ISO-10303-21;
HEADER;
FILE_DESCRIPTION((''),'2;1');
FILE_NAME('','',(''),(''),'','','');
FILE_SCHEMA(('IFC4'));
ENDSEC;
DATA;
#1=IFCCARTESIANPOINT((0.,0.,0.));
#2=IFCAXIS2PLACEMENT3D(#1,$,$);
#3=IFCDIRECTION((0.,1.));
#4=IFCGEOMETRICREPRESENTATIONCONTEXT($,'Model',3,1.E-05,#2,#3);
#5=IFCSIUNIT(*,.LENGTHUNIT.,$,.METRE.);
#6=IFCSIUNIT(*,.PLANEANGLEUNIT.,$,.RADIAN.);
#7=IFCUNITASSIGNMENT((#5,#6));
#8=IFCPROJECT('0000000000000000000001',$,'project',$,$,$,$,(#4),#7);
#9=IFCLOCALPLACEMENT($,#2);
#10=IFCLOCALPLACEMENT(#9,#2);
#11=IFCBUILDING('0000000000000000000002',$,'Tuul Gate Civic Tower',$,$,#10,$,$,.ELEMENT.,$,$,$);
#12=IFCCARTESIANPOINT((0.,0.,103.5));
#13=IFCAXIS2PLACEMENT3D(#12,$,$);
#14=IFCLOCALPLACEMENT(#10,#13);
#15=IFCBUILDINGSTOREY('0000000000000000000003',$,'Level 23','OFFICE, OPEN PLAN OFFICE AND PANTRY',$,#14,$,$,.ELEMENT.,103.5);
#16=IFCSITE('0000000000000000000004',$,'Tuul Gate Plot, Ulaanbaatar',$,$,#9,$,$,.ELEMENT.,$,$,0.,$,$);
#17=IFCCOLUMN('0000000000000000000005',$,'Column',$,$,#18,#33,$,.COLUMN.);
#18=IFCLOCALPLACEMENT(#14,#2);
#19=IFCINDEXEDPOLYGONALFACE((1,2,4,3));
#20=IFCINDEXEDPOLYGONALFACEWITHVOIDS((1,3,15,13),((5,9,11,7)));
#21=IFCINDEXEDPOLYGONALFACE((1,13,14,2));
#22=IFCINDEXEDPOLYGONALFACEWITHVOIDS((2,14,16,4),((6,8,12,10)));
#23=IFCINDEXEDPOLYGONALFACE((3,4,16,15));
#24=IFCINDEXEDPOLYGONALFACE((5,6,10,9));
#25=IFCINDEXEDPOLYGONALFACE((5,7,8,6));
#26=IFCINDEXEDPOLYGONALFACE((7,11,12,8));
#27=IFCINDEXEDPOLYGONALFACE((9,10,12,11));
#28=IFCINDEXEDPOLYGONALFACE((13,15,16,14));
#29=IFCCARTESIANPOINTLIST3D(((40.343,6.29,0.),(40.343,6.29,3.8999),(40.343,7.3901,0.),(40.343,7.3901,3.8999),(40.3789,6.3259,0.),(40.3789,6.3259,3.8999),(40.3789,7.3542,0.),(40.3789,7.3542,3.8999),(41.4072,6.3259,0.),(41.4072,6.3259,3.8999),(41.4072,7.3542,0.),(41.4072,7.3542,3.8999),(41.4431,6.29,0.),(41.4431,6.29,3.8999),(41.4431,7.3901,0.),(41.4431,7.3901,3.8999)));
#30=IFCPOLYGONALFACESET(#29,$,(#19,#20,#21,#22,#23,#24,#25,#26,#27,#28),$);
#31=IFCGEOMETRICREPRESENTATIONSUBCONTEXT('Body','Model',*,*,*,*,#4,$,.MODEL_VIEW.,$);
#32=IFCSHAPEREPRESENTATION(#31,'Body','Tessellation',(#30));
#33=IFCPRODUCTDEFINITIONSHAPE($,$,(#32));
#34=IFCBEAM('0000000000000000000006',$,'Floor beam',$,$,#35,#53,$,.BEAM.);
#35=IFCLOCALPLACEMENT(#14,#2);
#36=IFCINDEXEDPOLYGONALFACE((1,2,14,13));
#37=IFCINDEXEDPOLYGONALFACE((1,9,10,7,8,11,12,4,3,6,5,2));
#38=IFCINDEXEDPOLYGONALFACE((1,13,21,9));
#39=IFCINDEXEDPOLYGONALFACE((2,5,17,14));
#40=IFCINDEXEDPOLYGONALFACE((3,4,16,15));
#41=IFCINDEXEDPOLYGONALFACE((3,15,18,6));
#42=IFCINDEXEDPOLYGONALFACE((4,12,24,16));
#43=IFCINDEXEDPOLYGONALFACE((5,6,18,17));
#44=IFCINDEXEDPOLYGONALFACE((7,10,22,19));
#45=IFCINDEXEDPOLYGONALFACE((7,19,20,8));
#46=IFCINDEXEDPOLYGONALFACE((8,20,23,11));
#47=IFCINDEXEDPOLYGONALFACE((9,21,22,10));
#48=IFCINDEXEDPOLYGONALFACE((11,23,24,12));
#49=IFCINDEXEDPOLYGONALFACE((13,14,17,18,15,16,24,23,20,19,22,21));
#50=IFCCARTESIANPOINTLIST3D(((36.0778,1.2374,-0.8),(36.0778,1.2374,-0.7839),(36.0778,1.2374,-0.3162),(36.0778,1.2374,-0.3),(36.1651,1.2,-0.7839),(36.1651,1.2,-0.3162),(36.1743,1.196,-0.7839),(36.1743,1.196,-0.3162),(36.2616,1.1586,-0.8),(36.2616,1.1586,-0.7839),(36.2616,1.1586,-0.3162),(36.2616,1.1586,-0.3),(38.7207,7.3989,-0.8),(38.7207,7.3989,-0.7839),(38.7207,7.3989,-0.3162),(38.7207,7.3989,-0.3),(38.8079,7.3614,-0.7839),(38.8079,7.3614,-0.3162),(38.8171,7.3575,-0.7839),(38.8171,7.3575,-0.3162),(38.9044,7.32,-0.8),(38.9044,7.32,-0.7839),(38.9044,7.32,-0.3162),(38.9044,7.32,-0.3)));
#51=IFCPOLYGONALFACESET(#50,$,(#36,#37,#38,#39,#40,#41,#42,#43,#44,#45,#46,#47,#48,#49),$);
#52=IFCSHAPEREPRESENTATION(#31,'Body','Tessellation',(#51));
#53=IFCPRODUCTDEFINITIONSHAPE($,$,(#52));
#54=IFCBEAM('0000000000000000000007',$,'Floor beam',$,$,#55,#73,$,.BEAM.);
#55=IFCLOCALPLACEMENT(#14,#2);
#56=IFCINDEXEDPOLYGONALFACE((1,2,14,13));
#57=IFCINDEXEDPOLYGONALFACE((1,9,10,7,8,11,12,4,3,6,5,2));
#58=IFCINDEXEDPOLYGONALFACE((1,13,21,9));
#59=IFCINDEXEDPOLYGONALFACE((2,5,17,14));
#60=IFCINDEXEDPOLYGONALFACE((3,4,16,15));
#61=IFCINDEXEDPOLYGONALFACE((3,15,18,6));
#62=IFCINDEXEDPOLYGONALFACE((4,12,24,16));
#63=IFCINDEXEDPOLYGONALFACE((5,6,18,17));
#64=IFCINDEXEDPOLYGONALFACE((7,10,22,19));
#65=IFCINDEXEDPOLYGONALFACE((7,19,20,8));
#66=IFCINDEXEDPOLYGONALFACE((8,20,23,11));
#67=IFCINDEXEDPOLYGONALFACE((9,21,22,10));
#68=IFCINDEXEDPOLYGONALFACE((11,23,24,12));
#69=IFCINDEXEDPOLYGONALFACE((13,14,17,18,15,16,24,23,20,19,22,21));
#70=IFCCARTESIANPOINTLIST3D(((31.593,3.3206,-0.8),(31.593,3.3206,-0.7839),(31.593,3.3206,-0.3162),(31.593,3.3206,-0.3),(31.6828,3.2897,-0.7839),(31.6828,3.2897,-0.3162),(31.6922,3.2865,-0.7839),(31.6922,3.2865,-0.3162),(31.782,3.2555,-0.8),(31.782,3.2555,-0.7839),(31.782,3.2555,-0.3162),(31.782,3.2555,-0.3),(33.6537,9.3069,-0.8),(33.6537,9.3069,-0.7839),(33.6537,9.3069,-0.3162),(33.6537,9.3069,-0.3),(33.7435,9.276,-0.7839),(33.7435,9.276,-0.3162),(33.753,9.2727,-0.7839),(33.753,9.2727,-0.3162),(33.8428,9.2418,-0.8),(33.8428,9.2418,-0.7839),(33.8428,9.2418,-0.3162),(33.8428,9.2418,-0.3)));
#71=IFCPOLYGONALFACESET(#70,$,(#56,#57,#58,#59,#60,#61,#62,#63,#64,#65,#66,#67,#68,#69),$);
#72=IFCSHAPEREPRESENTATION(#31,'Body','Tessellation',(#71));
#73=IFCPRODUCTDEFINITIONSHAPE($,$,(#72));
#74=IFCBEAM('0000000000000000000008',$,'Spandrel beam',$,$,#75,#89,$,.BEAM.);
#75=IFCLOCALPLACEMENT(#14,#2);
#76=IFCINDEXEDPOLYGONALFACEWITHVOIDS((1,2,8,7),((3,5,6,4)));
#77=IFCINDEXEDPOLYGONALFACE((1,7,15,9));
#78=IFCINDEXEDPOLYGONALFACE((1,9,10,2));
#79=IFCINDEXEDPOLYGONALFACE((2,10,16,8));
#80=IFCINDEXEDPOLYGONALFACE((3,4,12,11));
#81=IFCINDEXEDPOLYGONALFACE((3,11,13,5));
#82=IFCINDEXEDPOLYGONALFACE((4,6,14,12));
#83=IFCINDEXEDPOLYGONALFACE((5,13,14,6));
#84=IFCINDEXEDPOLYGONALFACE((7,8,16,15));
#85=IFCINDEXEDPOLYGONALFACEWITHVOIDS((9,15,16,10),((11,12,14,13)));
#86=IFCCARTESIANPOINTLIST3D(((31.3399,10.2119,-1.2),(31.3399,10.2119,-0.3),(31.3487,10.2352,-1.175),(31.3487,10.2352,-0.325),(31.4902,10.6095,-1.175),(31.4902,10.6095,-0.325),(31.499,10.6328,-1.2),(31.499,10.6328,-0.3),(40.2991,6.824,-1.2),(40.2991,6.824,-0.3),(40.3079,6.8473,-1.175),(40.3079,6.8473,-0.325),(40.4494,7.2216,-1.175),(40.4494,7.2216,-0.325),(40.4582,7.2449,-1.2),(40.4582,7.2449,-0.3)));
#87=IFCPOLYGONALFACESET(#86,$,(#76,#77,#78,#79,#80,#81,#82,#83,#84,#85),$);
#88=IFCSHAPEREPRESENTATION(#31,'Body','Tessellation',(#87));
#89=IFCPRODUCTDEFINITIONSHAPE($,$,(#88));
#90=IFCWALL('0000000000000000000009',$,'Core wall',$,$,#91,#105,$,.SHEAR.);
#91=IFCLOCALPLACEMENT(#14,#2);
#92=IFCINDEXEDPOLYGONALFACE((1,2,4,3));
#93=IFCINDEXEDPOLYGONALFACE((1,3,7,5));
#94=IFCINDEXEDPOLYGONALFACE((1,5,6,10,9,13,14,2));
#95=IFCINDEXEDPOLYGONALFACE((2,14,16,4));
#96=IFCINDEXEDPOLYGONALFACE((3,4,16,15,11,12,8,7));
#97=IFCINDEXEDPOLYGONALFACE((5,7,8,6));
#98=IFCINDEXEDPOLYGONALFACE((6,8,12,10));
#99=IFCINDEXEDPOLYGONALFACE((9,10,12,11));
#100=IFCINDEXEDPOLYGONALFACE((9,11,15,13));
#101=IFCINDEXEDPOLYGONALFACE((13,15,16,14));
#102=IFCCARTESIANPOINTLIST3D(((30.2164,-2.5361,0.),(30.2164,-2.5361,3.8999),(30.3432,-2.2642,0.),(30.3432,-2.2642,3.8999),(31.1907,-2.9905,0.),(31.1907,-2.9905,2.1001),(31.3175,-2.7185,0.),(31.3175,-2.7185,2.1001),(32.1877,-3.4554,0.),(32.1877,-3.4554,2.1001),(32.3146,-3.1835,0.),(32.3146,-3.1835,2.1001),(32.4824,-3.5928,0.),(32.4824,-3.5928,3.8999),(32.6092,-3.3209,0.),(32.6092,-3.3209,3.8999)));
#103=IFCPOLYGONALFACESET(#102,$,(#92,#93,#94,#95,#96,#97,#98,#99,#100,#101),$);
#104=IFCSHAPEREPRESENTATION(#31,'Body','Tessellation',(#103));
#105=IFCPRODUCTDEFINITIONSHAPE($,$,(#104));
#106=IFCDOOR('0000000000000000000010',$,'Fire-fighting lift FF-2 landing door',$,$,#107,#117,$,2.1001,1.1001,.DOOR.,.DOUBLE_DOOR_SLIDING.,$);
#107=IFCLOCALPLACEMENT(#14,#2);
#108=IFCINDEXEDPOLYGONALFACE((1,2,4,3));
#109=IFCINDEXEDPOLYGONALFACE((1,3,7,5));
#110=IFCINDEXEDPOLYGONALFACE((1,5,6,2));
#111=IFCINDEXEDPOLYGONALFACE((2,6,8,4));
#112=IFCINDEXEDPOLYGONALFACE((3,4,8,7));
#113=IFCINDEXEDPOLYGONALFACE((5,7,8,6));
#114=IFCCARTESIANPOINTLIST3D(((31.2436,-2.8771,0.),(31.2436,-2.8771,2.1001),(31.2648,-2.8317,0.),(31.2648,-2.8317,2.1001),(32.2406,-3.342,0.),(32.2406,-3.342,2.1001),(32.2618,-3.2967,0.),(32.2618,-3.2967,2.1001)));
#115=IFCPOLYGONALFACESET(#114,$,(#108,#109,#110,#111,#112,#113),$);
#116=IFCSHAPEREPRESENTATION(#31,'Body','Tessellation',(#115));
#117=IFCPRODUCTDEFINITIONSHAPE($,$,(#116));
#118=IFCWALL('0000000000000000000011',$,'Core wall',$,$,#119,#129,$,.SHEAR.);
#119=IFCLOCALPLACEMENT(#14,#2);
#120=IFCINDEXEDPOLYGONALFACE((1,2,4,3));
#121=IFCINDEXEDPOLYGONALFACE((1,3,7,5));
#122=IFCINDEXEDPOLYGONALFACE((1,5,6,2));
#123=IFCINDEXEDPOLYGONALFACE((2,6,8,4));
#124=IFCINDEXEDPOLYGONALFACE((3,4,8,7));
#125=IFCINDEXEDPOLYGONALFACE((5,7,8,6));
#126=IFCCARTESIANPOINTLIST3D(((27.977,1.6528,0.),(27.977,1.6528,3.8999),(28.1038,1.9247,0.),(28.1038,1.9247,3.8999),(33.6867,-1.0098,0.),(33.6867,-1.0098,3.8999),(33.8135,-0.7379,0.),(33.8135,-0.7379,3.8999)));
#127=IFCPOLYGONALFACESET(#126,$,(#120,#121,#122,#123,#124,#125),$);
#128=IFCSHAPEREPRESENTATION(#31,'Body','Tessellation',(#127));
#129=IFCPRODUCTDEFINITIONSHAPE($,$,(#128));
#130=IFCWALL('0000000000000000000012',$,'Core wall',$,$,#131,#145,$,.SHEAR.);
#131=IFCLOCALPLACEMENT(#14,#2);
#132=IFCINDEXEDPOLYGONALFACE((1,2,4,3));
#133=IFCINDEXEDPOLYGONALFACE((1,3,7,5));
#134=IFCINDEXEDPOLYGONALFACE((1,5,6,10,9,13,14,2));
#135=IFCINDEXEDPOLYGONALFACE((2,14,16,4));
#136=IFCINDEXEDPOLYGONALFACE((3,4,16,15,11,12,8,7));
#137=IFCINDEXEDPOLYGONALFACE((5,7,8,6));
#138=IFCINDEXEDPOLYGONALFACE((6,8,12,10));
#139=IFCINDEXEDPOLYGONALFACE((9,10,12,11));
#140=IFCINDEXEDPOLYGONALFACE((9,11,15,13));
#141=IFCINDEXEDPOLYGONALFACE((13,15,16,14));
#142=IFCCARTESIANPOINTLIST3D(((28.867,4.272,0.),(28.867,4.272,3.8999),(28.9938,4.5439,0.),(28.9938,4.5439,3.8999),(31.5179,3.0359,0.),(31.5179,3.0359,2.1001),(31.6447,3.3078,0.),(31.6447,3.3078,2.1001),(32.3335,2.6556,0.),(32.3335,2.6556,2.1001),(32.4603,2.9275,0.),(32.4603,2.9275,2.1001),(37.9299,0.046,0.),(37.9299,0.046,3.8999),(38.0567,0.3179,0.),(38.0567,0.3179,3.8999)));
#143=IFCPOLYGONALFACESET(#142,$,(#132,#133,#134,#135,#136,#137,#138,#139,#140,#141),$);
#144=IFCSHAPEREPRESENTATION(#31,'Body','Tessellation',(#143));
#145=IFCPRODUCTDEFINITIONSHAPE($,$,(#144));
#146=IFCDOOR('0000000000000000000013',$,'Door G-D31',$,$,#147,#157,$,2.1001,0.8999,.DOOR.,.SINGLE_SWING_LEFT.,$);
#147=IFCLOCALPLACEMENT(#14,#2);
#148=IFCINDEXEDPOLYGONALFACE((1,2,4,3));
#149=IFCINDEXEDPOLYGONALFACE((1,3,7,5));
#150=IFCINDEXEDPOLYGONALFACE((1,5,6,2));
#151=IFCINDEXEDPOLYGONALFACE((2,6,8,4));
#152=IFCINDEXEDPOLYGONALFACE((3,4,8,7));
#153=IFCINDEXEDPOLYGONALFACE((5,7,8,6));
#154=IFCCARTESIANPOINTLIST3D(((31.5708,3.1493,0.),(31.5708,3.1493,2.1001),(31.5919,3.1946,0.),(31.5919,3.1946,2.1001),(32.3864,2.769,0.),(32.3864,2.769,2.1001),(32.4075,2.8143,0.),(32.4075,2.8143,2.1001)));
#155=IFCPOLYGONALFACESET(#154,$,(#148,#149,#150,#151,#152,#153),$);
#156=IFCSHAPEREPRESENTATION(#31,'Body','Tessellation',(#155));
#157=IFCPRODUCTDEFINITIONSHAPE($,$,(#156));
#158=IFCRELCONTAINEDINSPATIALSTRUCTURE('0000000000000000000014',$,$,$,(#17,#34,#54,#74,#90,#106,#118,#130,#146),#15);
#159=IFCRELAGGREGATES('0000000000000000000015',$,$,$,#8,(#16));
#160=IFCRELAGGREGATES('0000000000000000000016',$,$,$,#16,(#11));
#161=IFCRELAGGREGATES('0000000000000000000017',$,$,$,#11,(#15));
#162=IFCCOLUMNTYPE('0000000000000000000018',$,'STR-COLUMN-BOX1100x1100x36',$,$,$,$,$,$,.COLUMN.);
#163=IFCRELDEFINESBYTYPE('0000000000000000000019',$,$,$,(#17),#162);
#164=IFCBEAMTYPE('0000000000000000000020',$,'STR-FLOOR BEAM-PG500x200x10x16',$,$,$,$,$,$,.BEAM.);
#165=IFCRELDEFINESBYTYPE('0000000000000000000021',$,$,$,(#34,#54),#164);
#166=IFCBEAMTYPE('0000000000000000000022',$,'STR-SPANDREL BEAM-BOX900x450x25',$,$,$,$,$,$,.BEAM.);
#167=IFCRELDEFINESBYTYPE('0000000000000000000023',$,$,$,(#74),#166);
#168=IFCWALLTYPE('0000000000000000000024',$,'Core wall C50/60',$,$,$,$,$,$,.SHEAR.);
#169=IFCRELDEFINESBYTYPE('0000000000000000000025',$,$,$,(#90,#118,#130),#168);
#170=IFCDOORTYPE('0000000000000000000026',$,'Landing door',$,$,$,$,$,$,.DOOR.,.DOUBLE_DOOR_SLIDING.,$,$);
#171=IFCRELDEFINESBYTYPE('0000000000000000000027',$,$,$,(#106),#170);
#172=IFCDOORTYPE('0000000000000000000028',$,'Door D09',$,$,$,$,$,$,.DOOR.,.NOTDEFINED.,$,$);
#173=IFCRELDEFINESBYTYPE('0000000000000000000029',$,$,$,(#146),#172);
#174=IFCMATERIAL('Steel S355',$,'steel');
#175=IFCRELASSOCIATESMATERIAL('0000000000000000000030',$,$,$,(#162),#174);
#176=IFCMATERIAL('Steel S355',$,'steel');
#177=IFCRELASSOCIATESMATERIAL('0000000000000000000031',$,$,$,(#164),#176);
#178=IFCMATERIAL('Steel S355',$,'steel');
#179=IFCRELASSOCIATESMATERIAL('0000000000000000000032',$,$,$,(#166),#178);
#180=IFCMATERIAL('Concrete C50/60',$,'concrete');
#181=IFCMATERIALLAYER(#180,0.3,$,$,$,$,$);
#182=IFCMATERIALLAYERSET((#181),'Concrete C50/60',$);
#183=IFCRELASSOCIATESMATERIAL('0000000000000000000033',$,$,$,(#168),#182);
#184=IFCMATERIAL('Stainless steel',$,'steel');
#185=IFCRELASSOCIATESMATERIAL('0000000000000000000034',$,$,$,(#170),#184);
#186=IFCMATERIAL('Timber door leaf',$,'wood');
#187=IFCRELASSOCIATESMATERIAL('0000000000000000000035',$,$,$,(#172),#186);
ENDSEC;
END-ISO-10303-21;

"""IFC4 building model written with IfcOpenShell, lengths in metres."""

from ifc_helpers import new_model, si_unit, direction, frame, frame_2d, origin, origin_2d, place, context, subcontext, project, spatial, rectangle, hollow_rectangle, i_section, extrude, material, layer, layer_set, material_profile, profile_set, type_object, element, fill, save


model = new_model("IFC4")

# Units and contexts
model_context = context("Model", 3, precision=1e-05, world=origin(), true_north=direction((0.0, 1.0)))
body_context = subcontext(model_context, "Body", "Model", "MODEL_VIEW")
ifc_project = project(units=[si_unit("LENGTHUNIT", "METRE"), si_unit("PLANEANGLEUNIT", "RADIAN")], contexts=[model_context])

# Site, building, storey
site_placement = place(None, origin())
site = spatial("IfcSite", under=ifc_project, at=site_placement, Name="Tuul Gate Plot, Ulaanbaatar", CompositionType="ELEMENT", RefElevation=0.0)
building_placement = place(site_placement, origin())
building = spatial("IfcBuilding", under=site, at=building_placement, Name="Tuul Gate Civic Tower", CompositionType="ELEMENT")
storey_placement = place(building_placement, frame((0.0, 0.0, 103.5)))
storey = spatial("IfcBuildingStorey", under=building, at=storey_placement, Name="Level 23", Description="OFFICE, OPEN PLAN OFFICE AND PANTRY", CompositionType="ELEMENT", Elevation=103.5)

# Column
ifc_material_1 = material(Name="Steel S355", Category="steel")
ifc_material_profile_1 = material_profile(ifc_material_1, hollow_rectangle(XDim=1.1001, YDim=1.1001, WallThickness=0.0359, at=origin_2d()), Name="BOX1100x1100x36")
ifc_profile_set_1 = profile_set([ifc_material_profile_1], Name="Steel S355")
column_type = type_object("IfcColumnType", Name="STR-COLUMN-BOX1100x1100x36", PredefinedType="COLUMN", material=ifc_profile_set_1)
column_placement = place(storey_placement, frame((40.8931, 6.8401, 0.0), z_axis=(0.0, 0.0, 1.0), x_axis=(1.0, 0.0, 0.0)))
element("IfcColumn", 1, at=column_placement, inside=storey, type_object=column_type, Name="Column", PredefinedType="COLUMN", context=body_context, shape_type="SweptSolid", body=[
    extrude(hollow_rectangle(XDim=1.1001, YDim=1.1001, WallThickness=0.0359, at=origin_2d()), origin(), (0.0, 0.0, 1.0), 3.8999),
])

# Beams
ifc_material_2 = material(Name="Steel S355", Category="steel")
ifc_material_profile_2 = material_profile(ifc_material_2, i_section(OverallWidth=0.2, OverallDepth=0.5, WebThickness=0.01, FlangeThickness=0.0161, at=origin_2d()), Name="PG500x200x10x16")
ifc_profile_set_2 = profile_set([ifc_material_profile_2], Name="Steel S355")
beam_type_1 = type_object("IfcBeamType", Name="STR-FLOOR BEAM-PG500x200x10x16", PredefinedType="BEAM", material=ifc_profile_set_2)
beam_1_placement = place(storey_placement, frame((36.1697, 1.198, -0.55), z_axis=(0.394201, 0.919024, 0.0), x_axis=(-0.919024, 0.394201, 0.0)))
element("IfcBeam", 2, at=beam_1_placement, inside=storey, type_object=beam_type_1, Name="Floor beam", PredefinedType="BEAM", context=body_context, shape_type="SweptSolid", body=[
    extrude(i_section(OverallWidth=0.2, OverallDepth=0.5, WebThickness=0.01, FlangeThickness=0.0161, at=origin_2d()), origin(), (0.0, 0.0, 1.0), 6.7043),
])
beam_2_placement = place(storey_placement, frame((31.6875, 3.2881, -0.55), z_axis=(0.325502, 0.945541, 0.0), x_axis=(-0.945541, 0.325502, 0.0)))
element("IfcBeam", 3, at=beam_2_placement, inside=storey, type_object=beam_type_1, Name="Floor beam", PredefinedType="BEAM", context=body_context, shape_type="SweptSolid", body=[
    extrude(i_section(OverallWidth=0.2, OverallDepth=0.5, WebThickness=0.01, FlangeThickness=0.0161, at=origin_2d()), origin(), (0.0, 0.0, 1.0), 6.3311),
])
ifc_material_3 = material(Name="Steel S355", Category="steel")
ifc_material_profile_3 = material_profile(ifc_material_3, hollow_rectangle(XDim=0.45, YDim=0.8999, WallThickness=0.0249, at=origin_2d()), Name="BOX900x450x25")
ifc_profile_set_3 = profile_set([ifc_material_profile_3], Name="Steel S355")
beam_type_2 = type_object("IfcBeamType", Name="STR-SPANDREL BEAM-BOX900x450x25", PredefinedType="BEAM", material=ifc_profile_set_3)
beam_3_placement = place(storey_placement, frame((40.3787, 7.0344, -0.75), z_axis=(-0.935357, 0.353706, 0.0), x_axis=(-0.353706, -0.935357, 0.0)))
element("IfcBeam", 4, at=beam_3_placement, inside=storey, type_object=beam_type_2, Name="Spandrel beam", PredefinedType="BEAM", context=body_context, shape_type="SweptSolid", body=[
    extrude(hollow_rectangle(XDim=0.45, YDim=0.8999, WallThickness=0.0249, at=origin_2d()), origin(), (0.0, 0.0, 1.0), 9.5784),
])

# Wall, opening, door
ifc_material_4 = material(Name="Concrete C50/60", Category="concrete")
ifc_layer_1 = layer(ifc_material_4, 0.3)
ifc_layer_set_1 = layer_set([ifc_layer_1], Name="Concrete C50/60")
wall_type_1 = type_object("IfcWallType", Name="Core wall C50/60", PredefinedType="SHEAR", material=ifc_layer_set_1)
wall_1_placement = place(storey_placement, frame((32.5457, -3.4568, 0.0), z_axis=(0.0, 0.0, 1.0), x_axis=(-0.9063, 0.422634, 0.0)))
wall_1 = element("IfcWall", 5, at=wall_1_placement, inside=storey, type_object=wall_type_1, Name="Core wall", PredefinedType="SHEAR", context=body_context, shape_type="SweptSolid", body=[
    extrude(rectangle(XDim=2.5002, YDim=0.3, at=frame_2d((1.25, 0.0))), origin(), (0.0, 0.0, 1.0), 3.8999),
])
opening_1_placement = place(wall_1_placement, frame((0.325, 0.0, 0.0)))
opening_1 = element("IfcOpeningElement", 6, at=opening_1_placement, cuts=wall_1, PredefinedType="OPENING", context=body_context, shape_type="SweptSolid", body=[
    extrude(rectangle(XDim=1.1001, YDim=2.1001, at=frame_2d((0.55, 1.05))), frame((0.0, 0.1602, 0.0), z_axis=(0.0, -1.0, 0.0), x_axis=(1.0, 0.0, 0.0)), (0.0, 0.0, 1.0), 0.3201),
])
ifc_material_5 = material(Name="Stainless steel", Category="steel")
door_type_1 = type_object("IfcDoorType", Name="Landing door", OperationType="DOUBLE_DOOR_SLIDING", PredefinedType="DOOR", material=ifc_material_5)
door_1_placement = place(opening_1_placement, origin())
door_1 = element("IfcDoor", 7, at=door_1_placement, inside=storey, type_object=door_type_1, Name="Fire-fighting lift FF-2 landing door", OperationType="DOUBLE_DOOR_SLIDING", OverallHeight=2.1001, OverallWidth=1.1001, PredefinedType="DOOR", context=body_context, shape_type="SweptSolid", body=[
    extrude(rectangle(XDim=1.1001, YDim=2.1001, at=frame_2d((0.55, 1.05))), frame((0.0, 0.0249, 0.0), z_axis=(0.0, -1.0, 0.0), x_axis=(1.0, 0.0, 0.0)), (0.0, 0.0, 1.0), 0.05),
])
fill(opening_1, door_1)

# Wall
wall_2_placement = place(storey_placement, frame((33.75, -0.8738, 0.0), z_axis=(0.0, 0.0, 1.0), x_axis=(-0.906301, 0.422633, 0.0)))
element("IfcWall", 8, at=wall_2_placement, inside=storey, type_object=wall_type_1, Name="Core wall", PredefinedType="SHEAR", context=body_context, shape_type="SweptSolid", body=[
    extrude(rectangle(XDim=6.3, YDim=0.3, at=frame_2d((3.1499, 0.0))), origin(), (0.0, 0.0, 1.0), 3.8999),
])

# Wall, opening, door
wall_3_placement = place(storey_placement, frame((37.9934, 0.1819, 0.0), z_axis=(0.0, 0.0, 1.0), x_axis=(-0.90631, 0.422613, 0.0)))
wall_3 = element("IfcWall", 9, at=wall_3_placement, inside=storey, type_object=wall_type_1, Name="Core wall", PredefinedType="SHEAR", context=body_context, shape_type="SweptSolid", body=[
    extrude(rectangle(XDim=9.9998, YDim=0.3, at=frame_2d((5.0, 0.0))), origin(), (0.0, 0.0, 1.0), 3.8999),
])
opening_2_placement = place(wall_3_placement, frame((6.175, 0.0, 0.0)))
opening_2 = element("IfcOpeningElement", 10, at=opening_2_placement, cuts=wall_3, PredefinedType="OPENING", context=body_context, shape_type="SweptSolid", body=[
    extrude(rectangle(XDim=0.8999, YDim=2.1001, at=frame_2d((0.45, 1.05))), frame((0.0, 0.1602, 0.0), z_axis=(0.0, -1.0, 0.0), x_axis=(1.0, 0.0, 0.0)), (0.0, 0.0, 1.0), 0.3201),
])
ifc_material_6 = material(Name="Timber door leaf", Category="wood")
door_type_2 = type_object("IfcDoorType", Name="Door D09", OperationType="NOTDEFINED", PredefinedType="DOOR", material=ifc_material_6)
door_2_placement = place(opening_2_placement, origin())
door_2 = element("IfcDoor", 11, at=door_2_placement, inside=storey, type_object=door_type_2, Name="Door G-D31", OperationType="SINGLE_SWING_LEFT", OverallHeight=2.1001, OverallWidth=0.8999, PredefinedType="DOOR", context=body_context, shape_type="SweptSolid", body=[
    extrude(rectangle(XDim=0.8999, YDim=2.1001, at=frame_2d((0.45, 1.05))), frame((0.0, 0.0249, 0.0), z_axis=(0.0, -1.0, 0.0), x_axis=(1.0, 0.0, 0.0)), (0.0, 0.0, 1.0), 0.05),
])
fill(opening_2, door_2)

save(model, "model.ifc")
